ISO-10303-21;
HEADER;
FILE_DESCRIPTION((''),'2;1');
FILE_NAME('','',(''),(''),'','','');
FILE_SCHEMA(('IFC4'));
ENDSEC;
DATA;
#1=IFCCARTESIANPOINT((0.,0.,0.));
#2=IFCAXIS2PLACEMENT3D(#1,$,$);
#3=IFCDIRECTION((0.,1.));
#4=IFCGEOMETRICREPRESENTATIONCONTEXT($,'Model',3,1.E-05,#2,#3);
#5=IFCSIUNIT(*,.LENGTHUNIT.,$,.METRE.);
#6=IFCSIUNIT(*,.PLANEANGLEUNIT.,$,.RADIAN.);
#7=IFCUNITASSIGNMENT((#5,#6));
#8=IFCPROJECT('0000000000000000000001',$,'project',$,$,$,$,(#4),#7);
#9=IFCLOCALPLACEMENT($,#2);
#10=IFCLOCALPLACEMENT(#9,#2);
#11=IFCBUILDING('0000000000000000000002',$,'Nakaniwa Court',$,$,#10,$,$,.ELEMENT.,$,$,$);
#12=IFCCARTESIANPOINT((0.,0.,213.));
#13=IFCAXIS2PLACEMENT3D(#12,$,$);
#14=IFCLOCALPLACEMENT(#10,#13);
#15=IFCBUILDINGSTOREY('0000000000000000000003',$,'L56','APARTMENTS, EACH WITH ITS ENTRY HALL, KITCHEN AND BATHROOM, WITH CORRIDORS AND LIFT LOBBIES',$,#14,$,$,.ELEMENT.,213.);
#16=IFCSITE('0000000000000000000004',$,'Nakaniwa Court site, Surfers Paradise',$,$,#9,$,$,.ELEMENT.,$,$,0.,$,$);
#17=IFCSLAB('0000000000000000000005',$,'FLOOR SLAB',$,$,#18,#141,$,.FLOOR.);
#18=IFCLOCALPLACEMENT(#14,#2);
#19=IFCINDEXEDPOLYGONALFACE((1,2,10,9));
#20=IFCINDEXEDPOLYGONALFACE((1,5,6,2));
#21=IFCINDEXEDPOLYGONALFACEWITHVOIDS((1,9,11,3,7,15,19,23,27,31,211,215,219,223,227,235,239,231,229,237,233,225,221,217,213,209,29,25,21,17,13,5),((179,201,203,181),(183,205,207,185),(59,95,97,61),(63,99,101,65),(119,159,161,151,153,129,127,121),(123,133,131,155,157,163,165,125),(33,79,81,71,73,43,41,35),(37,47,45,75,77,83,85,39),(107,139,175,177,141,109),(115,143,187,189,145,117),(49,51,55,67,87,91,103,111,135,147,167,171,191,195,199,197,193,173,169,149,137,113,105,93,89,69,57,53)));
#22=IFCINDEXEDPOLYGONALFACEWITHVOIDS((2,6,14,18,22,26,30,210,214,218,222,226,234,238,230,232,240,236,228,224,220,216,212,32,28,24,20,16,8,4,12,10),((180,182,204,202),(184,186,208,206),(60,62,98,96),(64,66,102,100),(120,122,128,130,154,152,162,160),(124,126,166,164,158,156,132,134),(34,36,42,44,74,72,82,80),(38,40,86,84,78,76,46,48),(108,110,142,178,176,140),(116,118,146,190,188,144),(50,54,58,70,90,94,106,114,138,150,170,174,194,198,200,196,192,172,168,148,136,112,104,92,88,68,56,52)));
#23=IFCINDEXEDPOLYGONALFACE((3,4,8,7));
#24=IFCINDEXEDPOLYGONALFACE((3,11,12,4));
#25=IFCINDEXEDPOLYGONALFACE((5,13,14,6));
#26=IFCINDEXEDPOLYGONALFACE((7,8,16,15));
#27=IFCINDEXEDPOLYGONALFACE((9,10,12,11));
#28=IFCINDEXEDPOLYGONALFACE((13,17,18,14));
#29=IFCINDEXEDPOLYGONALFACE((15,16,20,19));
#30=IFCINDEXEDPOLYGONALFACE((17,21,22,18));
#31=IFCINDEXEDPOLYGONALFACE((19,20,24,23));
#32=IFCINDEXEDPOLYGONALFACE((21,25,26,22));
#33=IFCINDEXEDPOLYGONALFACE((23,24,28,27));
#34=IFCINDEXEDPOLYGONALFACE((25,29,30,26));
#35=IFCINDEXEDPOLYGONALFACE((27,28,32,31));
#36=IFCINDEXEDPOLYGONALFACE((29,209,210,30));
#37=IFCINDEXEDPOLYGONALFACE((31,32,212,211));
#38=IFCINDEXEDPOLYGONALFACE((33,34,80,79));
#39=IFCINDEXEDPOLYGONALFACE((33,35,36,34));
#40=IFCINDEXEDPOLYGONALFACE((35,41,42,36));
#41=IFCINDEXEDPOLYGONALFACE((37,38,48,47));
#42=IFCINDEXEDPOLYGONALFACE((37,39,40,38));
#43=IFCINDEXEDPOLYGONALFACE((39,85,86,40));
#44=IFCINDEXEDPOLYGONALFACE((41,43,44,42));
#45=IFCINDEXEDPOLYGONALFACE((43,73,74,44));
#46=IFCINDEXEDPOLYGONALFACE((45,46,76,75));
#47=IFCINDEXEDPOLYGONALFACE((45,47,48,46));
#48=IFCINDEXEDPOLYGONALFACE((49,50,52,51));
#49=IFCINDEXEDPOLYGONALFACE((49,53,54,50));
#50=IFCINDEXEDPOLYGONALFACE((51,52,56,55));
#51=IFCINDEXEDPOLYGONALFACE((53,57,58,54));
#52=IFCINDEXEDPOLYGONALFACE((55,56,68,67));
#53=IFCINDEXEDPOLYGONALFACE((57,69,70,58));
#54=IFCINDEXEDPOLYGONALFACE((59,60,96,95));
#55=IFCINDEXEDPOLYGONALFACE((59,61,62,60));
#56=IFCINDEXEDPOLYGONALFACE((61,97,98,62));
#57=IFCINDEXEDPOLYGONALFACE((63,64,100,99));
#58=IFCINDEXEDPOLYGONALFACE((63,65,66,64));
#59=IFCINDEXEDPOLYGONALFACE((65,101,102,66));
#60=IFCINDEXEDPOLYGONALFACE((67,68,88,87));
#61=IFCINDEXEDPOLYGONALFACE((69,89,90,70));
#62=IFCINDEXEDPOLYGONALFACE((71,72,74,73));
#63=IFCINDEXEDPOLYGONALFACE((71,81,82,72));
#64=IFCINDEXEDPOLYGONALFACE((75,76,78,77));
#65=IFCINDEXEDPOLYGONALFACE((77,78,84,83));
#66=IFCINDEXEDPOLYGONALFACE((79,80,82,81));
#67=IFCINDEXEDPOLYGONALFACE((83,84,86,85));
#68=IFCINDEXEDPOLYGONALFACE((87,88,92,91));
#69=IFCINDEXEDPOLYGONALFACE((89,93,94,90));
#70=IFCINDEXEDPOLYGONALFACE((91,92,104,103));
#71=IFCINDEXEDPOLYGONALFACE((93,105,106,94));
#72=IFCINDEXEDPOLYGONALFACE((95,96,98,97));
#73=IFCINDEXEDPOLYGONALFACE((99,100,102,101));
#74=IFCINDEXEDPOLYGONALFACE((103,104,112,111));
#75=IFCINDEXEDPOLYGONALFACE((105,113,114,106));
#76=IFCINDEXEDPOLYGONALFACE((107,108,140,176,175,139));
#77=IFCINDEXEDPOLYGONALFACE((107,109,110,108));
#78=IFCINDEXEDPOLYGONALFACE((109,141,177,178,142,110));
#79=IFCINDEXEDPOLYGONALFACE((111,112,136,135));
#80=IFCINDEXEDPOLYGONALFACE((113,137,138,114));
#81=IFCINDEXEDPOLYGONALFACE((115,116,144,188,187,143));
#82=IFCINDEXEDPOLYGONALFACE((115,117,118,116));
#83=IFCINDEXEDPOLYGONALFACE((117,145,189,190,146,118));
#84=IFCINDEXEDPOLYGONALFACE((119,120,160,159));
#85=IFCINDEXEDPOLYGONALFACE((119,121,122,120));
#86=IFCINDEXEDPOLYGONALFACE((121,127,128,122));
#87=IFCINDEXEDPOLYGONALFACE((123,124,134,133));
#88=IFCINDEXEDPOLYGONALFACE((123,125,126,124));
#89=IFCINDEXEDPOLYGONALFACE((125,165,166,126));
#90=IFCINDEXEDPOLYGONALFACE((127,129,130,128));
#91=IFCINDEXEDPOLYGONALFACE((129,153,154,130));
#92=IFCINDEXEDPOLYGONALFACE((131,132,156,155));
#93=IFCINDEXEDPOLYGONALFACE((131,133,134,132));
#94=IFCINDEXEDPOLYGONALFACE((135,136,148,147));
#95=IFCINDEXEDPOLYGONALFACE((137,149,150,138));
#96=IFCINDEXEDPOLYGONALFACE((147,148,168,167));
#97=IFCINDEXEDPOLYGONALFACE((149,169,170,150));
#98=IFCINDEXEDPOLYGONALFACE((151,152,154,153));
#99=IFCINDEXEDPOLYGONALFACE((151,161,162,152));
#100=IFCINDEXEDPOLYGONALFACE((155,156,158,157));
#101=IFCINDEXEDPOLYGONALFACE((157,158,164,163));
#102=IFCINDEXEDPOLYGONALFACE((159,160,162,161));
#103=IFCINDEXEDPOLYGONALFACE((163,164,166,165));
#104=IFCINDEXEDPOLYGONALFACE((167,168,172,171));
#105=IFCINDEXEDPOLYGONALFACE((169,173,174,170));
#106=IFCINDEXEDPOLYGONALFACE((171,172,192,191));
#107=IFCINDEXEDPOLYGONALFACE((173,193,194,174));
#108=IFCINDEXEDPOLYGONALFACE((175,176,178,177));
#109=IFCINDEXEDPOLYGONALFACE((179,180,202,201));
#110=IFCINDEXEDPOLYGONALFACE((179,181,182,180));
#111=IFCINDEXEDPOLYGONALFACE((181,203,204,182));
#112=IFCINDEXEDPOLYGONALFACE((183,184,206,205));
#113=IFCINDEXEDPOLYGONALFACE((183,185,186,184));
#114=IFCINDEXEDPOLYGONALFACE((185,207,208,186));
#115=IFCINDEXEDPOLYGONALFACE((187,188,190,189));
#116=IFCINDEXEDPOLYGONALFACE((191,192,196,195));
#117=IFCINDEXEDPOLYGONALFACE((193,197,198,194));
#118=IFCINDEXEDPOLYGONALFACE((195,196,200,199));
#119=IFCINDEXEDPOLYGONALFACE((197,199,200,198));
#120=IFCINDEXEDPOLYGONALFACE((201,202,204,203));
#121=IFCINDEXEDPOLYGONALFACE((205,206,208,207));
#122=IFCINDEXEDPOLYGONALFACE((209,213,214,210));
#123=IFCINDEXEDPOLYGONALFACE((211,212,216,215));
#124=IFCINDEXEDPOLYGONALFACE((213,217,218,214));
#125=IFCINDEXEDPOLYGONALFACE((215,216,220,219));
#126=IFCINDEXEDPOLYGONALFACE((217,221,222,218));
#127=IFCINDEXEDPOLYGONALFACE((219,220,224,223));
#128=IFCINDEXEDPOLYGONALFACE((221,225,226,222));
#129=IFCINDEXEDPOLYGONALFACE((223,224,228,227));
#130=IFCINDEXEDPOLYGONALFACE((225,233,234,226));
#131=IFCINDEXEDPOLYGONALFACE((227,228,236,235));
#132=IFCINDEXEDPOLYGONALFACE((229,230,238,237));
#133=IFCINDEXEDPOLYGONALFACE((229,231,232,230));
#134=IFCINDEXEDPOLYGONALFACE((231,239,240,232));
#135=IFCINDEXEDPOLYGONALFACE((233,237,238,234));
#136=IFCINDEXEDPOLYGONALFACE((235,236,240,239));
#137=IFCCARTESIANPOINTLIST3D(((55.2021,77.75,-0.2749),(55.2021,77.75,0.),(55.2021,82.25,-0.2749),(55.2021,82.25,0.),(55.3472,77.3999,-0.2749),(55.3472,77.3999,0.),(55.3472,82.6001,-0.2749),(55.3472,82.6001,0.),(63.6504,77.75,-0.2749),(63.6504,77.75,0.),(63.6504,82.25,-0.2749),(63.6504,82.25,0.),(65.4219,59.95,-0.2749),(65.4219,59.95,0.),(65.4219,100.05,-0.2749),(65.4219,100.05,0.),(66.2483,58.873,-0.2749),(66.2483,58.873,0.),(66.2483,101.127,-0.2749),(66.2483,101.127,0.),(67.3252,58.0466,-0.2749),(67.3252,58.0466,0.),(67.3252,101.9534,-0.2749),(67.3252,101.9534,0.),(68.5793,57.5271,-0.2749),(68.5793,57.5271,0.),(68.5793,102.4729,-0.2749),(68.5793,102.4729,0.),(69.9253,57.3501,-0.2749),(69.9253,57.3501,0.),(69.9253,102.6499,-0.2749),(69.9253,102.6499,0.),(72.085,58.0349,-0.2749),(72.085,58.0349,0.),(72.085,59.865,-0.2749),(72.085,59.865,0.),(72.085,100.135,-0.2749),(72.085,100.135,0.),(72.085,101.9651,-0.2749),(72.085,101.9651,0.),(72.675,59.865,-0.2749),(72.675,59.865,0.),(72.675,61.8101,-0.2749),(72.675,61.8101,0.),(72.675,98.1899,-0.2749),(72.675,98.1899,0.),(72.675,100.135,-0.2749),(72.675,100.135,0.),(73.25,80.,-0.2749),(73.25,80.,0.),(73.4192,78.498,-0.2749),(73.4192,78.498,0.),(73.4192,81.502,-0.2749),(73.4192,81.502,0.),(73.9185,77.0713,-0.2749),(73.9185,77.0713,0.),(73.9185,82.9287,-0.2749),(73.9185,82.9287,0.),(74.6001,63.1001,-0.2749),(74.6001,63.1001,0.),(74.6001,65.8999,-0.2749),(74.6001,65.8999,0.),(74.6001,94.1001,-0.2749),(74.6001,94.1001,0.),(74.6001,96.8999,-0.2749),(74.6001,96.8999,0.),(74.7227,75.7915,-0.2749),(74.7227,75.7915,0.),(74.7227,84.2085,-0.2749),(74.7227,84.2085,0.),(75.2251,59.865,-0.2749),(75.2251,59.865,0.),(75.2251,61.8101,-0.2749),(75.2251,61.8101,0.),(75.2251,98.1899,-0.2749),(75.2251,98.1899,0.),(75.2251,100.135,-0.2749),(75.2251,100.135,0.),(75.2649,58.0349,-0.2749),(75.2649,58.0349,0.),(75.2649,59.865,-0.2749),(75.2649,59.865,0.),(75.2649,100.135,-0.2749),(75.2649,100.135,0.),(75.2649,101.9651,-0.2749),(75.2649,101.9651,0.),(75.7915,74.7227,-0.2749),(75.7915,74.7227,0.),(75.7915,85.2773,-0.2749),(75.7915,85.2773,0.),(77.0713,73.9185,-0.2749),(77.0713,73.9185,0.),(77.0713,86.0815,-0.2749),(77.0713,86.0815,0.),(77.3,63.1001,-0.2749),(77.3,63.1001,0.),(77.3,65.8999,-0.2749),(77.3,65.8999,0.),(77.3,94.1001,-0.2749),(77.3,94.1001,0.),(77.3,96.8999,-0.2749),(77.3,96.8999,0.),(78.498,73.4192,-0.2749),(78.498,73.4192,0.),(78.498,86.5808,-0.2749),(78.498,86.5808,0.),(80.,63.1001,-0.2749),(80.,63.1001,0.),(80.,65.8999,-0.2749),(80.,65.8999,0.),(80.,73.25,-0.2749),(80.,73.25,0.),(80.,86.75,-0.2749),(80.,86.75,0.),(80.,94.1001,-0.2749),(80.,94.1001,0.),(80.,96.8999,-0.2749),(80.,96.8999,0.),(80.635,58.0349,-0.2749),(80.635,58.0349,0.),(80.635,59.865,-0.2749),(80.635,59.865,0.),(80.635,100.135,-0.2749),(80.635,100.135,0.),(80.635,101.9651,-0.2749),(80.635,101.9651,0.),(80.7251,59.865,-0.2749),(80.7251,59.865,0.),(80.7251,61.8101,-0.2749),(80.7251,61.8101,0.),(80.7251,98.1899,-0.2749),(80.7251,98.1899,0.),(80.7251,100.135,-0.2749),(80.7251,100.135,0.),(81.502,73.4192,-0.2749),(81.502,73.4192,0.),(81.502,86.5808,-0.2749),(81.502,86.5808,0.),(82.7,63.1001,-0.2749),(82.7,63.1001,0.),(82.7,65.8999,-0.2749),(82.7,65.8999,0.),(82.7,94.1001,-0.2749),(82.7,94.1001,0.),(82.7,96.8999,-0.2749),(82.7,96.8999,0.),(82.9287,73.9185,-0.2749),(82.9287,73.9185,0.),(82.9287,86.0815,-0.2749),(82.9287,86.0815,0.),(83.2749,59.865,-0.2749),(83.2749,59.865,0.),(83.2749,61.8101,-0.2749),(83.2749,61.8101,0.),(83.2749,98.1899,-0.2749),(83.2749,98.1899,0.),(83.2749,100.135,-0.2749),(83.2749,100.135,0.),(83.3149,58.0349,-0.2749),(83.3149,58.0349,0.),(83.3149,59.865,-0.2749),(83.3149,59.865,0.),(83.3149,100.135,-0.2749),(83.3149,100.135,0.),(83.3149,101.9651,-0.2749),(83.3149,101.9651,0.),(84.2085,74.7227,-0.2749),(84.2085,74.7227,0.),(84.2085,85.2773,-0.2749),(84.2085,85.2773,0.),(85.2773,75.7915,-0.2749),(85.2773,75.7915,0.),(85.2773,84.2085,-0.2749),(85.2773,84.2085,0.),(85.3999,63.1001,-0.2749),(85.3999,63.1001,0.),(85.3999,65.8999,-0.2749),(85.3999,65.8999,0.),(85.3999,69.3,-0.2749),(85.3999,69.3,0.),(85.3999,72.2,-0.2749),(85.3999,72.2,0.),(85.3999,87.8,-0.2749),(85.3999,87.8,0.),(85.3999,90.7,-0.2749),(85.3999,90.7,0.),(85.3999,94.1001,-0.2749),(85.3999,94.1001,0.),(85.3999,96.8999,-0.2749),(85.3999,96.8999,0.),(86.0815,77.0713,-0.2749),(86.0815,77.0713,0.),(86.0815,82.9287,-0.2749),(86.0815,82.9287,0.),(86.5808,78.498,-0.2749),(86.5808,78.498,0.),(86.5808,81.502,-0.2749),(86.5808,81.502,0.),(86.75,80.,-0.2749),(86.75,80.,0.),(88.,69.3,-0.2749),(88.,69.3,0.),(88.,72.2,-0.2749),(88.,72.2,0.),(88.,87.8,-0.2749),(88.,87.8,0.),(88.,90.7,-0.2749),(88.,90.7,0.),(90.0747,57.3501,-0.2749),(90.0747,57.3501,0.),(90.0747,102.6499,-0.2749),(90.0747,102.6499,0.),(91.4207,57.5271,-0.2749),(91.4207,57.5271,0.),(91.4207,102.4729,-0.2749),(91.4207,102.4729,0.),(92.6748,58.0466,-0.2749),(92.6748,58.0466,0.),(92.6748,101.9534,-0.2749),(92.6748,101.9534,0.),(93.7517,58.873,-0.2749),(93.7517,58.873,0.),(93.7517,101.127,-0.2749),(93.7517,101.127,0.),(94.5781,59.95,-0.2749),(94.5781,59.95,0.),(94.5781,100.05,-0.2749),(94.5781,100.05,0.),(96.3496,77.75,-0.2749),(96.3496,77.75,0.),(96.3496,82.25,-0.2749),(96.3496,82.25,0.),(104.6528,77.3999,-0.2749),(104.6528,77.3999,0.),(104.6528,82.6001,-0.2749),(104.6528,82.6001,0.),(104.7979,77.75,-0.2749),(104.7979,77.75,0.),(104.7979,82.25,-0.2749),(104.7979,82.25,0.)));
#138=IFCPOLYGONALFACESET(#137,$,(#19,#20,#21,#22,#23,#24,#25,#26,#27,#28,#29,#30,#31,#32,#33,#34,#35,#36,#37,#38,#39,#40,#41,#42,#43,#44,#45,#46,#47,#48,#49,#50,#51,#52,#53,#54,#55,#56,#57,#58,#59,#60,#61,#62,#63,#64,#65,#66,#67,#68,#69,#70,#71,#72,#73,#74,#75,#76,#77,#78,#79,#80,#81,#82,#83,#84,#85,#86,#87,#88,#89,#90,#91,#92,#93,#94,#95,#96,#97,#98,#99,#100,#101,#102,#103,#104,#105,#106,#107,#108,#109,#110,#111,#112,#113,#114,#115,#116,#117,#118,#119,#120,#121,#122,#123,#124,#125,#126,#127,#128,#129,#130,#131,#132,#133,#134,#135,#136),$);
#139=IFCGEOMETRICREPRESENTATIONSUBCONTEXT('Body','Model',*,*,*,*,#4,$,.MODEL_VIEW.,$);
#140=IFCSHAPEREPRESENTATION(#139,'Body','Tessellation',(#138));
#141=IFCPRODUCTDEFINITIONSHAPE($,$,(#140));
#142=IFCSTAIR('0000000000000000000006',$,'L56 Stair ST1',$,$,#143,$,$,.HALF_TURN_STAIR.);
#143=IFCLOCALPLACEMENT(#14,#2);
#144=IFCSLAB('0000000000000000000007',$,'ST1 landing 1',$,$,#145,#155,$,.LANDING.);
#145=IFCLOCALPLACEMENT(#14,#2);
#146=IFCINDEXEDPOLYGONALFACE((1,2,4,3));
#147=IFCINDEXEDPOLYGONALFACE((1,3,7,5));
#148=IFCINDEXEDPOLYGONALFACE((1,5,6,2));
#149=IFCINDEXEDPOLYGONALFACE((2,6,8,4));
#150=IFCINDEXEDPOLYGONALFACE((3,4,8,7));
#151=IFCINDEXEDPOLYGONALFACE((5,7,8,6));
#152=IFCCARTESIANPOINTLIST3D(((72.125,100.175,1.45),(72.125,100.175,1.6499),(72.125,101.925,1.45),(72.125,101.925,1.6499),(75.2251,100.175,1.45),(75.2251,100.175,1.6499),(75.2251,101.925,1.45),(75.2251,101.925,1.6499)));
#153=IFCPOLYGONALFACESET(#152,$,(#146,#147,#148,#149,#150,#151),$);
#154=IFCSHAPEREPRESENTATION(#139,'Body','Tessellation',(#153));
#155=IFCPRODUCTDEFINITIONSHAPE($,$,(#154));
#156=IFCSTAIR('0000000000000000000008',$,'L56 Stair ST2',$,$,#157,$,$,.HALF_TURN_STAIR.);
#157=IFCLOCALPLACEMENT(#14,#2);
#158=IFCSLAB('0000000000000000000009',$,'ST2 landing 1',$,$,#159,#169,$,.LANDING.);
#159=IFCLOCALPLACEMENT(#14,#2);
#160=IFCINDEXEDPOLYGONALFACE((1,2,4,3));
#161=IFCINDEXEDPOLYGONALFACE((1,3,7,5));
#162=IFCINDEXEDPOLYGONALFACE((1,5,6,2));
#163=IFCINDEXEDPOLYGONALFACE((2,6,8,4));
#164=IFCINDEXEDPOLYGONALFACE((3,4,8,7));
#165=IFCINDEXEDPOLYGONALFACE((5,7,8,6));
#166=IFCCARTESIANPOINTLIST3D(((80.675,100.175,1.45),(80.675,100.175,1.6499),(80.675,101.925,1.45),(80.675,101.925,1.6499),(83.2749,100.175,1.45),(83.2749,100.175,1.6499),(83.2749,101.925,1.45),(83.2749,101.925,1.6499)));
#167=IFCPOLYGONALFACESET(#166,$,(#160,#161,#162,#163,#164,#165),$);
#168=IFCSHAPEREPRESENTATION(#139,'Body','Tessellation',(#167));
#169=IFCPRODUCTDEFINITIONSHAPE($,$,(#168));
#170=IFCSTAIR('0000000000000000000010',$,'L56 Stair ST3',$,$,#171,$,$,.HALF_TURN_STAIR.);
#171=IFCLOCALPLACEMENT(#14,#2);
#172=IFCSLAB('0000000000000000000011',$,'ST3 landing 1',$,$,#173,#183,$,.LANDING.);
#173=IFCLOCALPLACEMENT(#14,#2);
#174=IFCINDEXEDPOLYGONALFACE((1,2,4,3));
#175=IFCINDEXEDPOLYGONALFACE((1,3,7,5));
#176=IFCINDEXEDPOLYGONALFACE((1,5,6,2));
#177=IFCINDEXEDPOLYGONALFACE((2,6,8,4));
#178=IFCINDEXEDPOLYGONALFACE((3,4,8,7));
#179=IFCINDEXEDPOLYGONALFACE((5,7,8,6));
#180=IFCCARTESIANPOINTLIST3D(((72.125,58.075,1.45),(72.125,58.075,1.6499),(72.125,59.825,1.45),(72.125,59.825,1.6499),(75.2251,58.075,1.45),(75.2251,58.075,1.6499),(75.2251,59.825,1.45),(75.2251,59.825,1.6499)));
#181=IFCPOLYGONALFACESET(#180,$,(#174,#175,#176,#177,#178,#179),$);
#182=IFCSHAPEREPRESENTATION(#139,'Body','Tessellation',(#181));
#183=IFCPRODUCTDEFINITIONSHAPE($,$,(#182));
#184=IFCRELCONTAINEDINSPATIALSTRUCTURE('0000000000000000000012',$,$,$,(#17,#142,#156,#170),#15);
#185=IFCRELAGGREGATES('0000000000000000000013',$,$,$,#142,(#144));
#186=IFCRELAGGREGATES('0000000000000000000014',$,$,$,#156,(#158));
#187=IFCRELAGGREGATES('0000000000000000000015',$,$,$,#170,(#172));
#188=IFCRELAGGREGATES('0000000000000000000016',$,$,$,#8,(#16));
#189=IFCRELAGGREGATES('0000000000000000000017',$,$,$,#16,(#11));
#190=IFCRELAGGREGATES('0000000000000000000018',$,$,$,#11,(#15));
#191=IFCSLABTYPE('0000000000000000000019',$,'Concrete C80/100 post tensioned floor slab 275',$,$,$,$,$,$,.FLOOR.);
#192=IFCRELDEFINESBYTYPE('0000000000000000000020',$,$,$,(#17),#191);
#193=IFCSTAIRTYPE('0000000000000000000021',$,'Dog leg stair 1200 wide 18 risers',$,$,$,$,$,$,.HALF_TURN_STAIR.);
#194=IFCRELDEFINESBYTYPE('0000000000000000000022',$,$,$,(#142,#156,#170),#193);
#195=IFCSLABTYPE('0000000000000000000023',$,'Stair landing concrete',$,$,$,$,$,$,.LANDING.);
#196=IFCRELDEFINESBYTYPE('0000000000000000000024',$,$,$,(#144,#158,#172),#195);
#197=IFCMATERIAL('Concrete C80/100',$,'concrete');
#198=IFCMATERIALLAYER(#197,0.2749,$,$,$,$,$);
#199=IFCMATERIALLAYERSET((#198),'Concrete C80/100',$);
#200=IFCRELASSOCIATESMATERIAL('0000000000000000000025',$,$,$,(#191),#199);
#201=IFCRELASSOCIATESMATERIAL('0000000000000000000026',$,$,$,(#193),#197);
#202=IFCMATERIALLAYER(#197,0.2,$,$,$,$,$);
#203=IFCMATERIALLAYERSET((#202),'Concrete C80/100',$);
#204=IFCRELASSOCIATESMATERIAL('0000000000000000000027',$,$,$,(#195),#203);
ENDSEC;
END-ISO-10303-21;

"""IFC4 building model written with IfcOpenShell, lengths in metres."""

from ifc_helpers import new_model, si_unit, direction, frame, origin, place, context, subcontext, project, spatial, polyline, outline, extrude, material, layer, layer_set, type_object, element, aggregate, save


model = new_model("IFC4")

# Units and contexts
model_context = context("Model", 3, precision=1e-05, world=origin(), true_north=direction((0.0, 1.0)))
body_context = subcontext(model_context, "Body", "Model", "MODEL_VIEW")
ifc_project = project(units=[si_unit("LENGTHUNIT", "METRE"), si_unit("PLANEANGLEUNIT", "RADIAN")], contexts=[model_context])

# Site, building, storey
site_placement = place(None, origin())
site = spatial("IfcSite", under=ifc_project, at=site_placement, Name="Nakaniwa Court site, Surfers Paradise", CompositionType="ELEMENT", RefElevation=0.0)
building_placement = place(site_placement, origin())
building = spatial("IfcBuilding", under=site, at=building_placement, Name="Nakaniwa Court", CompositionType="ELEMENT")
storey_placement = place(building_placement, frame((0.0, 0.0, 213.0)))
storey = spatial("IfcBuildingStorey", under=building, at=storey_placement, Name="L56", Description="APARTMENTS, EACH WITH ITS ENTRY HALL, KITCHEN AND BATHROOM, WITH CORRIDORS AND LIFT LOBBIES", CompositionType="ELEMENT", Elevation=213.0)

# Shared definitions
ifc_material_1 = material(Name="Concrete C80/100", Category="concrete")

# Slab
ifc_layer_1 = layer(ifc_material_1, 0.2749)
ifc_layer_set_1 = layer_set([ifc_layer_1], Name="Concrete C80/100")
slab_type_1 = type_object("IfcSlabType", Name="Concrete C80/100 post tensioned floor slab 275", PredefinedType="FLOOR", material=ifc_layer_set_1)
slab_1_placement = place(storey_placement, frame((0.0, 0.0, -0.2749)))
element("IfcSlab", 1, at=slab_1_placement, inside=storey, type_object=slab_type_1, Name="FLOOR SLAB", PredefinedType="FLOOR", context=body_context, shape_type="SweptSolid", body=[
    extrude(outline(polyline([(96.3496, 82.25), (104.7979, 82.25), (104.6528, 82.6001), (94.5781, 100.05), (93.7517, 101.127), (92.6748, 101.9534), (91.4207, 102.4729), (90.0747, 102.6499), (69.9253, 102.6499), (68.5793, 102.4729), (67.3252, 101.9534), (66.2483, 101.127), (65.4219, 100.05), (55.3472, 82.6001), (55.2021, 82.25), (63.6504, 82.25), (63.6504, 77.75), (55.2021, 77.75), (55.3472, 77.3999), (65.4219, 59.95), (66.2483, 58.873), (67.3252, 58.0466), (68.5793, 57.5271), (69.9253, 57.3501), (90.0747, 57.3501), (91.4207, 57.5271), (92.6748, 58.0466), (93.7517, 58.873), (94.5781, 59.95), (104.6528, 77.3999), (104.7979, 77.75), (96.3496, 77.75), (96.3496, 82.25)]), holes=[polyline([(81.502, 86.5808), (80.0, 86.75), (78.498, 86.5808), (77.0713, 86.0815), (75.7915, 85.2773), (74.7227, 84.2085), (73.9185, 82.9287), (73.4192, 81.502), (73.25, 80.0), (73.4192, 78.498), (73.9185, 77.0713), (74.7227, 75.7915), (75.7915, 74.7227), (77.0713, 73.9185), (78.498, 73.4192), (80.0, 73.25), (81.502, 73.4192), (82.9287, 73.9185), (84.2085, 74.7227), (85.2773, 75.7915), (86.0815, 77.0713), (86.5808, 78.498), (86.75, 80.0), (86.5808, 81.502), (86.0815, 82.9287), (85.2773, 84.2085), (84.2085, 85.2773), (82.9287, 86.0815), (81.502, 86.5808)]), polyline([(72.675, 61.8101), (72.675, 59.865), (72.085, 59.865), (72.085, 58.0349), (75.2649, 58.0349), (75.2649, 59.865), (75.2251, 59.865), (75.2251, 61.8101), (72.675, 61.8101)]), polyline([(77.3, 65.8999), (74.6001, 65.8999), (74.6001, 63.1001), (77.3, 63.1001), (77.3, 65.8999)]), polyline([(80.0, 65.8999), (80.0, 63.1001), (82.7, 63.1001), (85.3999, 63.1001), (85.3999, 65.8999), (82.7, 65.8999), (80.0, 65.8999)]), polyline([(77.3, 96.8999), (74.6001, 96.8999), (74.6001, 94.1001), (77.3, 94.1001), (77.3, 96.8999)]), polyline([(80.0, 96.8999), (80.0, 94.1001), (82.7, 94.1001), (85.3999, 94.1001), (85.3999, 96.8999), (82.7, 96.8999), (80.0, 96.8999)]), polyline([(75.2649, 100.135), (75.2649, 101.9651), (72.085, 101.9651), (72.085, 100.135), (72.675, 100.135), (72.675, 98.1899), (75.2251, 98.1899), (75.2251, 100.135), (75.2649, 100.135)]), polyline([(83.2749, 61.8101), (80.7251, 61.8101), (80.7251, 59.865), (80.635, 59.865), (80.635, 58.0349), (83.3149, 58.0349), (83.3149, 59.865), (83.2749, 59.865), (83.2749, 61.8101)]), polyline([(88.0, 72.2), (85.3999, 72.2), (85.3999, 69.3), (88.0, 69.3), (88.0, 72.2)]), polyline([(88.0, 90.7), (85.3999, 90.7), (85.3999, 87.8), (88.0, 87.8), (88.0, 90.7)]), polyline([(83.3149, 100.135), (83.3149, 101.9651), (80.635, 101.9651), (80.635, 100.135), (80.7251, 100.135), (80.7251, 98.1899), (83.2749, 98.1899), (83.2749, 100.135), (83.3149, 100.135)])]), origin(), (0.0, 0.0, 1.0), 0.2749),
])

# Stairs, slabs
stair_type = type_object("IfcStairType", Name="Dog leg stair 1200 wide 18 risers", PredefinedType="HALF_TURN_STAIR", material=ifc_material_1)
stair_1_placement = place(storey_placement, origin())
stair_1 = element("IfcStair", 2, at=stair_1_placement, inside=storey, type_object=stair_type, Name="L56 Stair ST1", PredefinedType="HALF_TURN_STAIR")
ifc_layer_2 = layer(ifc_material_1, 0.2)
ifc_layer_set_2 = layer_set([ifc_layer_2], Name="Concrete C80/100")
slab_type_2 = type_object("IfcSlabType", Name="Stair landing concrete", PredefinedType="LANDING", material=ifc_layer_set_2)
slab_2_placement = place(storey_placement, frame((0.0, 0.0, 1.45)))
slab_2 = element("IfcSlab", 3, at=slab_2_placement, type_object=slab_type_2, Name="ST1 landing 1", PredefinedType="LANDING", context=body_context, shape_type="SweptSolid", body=[
    extrude(outline(polyline([(75.2251, 100.175), (75.2251, 101.925), (72.125, 101.925), (72.125, 100.175), (75.2251, 100.175)])), origin(), (0.0, 0.0, 1.0), 0.2),
])
aggregate(stair_1, [slab_2])
stair_2_placement = place(storey_placement, origin())
stair_2 = element("IfcStair", 4, at=stair_2_placement, inside=storey, type_object=stair_type, Name="L56 Stair ST2", PredefinedType="HALF_TURN_STAIR")
slab_3_placement = place(storey_placement, frame((0.0, 0.0, 1.45)))
slab_3 = element("IfcSlab", 5, at=slab_3_placement, type_object=slab_type_2, Name="ST2 landing 1", PredefinedType="LANDING", context=body_context, shape_type="SweptSolid", body=[
    extrude(outline(polyline([(83.2749, 100.175), (83.2749, 101.925), (80.675, 101.925), (80.675, 100.175), (83.2749, 100.175)])), origin(), (0.0, 0.0, 1.0), 0.2),
])
aggregate(stair_2, [slab_3])
stair_3_placement = place(storey_placement, origin())
stair_3 = element("IfcStair", 6, at=stair_3_placement, inside=storey, type_object=stair_type, Name="L56 Stair ST3", PredefinedType="HALF_TURN_STAIR")
slab_4_placement = place(storey_placement, frame((0.0, 0.0, 1.45)))
slab_4 = element("IfcSlab", 7, at=slab_4_placement, type_object=slab_type_2, Name="ST3 landing 1", PredefinedType="LANDING", context=body_context, shape_type="SweptSolid", body=[
    extrude(outline(polyline([(75.2251, 58.075), (75.2251, 59.825), (72.125, 59.825), (72.125, 58.075), (75.2251, 58.075)])), origin(), (0.0, 0.0, 1.0), 0.2),
])
aggregate(stair_3, [slab_4])

save(model, "model.ifc")
